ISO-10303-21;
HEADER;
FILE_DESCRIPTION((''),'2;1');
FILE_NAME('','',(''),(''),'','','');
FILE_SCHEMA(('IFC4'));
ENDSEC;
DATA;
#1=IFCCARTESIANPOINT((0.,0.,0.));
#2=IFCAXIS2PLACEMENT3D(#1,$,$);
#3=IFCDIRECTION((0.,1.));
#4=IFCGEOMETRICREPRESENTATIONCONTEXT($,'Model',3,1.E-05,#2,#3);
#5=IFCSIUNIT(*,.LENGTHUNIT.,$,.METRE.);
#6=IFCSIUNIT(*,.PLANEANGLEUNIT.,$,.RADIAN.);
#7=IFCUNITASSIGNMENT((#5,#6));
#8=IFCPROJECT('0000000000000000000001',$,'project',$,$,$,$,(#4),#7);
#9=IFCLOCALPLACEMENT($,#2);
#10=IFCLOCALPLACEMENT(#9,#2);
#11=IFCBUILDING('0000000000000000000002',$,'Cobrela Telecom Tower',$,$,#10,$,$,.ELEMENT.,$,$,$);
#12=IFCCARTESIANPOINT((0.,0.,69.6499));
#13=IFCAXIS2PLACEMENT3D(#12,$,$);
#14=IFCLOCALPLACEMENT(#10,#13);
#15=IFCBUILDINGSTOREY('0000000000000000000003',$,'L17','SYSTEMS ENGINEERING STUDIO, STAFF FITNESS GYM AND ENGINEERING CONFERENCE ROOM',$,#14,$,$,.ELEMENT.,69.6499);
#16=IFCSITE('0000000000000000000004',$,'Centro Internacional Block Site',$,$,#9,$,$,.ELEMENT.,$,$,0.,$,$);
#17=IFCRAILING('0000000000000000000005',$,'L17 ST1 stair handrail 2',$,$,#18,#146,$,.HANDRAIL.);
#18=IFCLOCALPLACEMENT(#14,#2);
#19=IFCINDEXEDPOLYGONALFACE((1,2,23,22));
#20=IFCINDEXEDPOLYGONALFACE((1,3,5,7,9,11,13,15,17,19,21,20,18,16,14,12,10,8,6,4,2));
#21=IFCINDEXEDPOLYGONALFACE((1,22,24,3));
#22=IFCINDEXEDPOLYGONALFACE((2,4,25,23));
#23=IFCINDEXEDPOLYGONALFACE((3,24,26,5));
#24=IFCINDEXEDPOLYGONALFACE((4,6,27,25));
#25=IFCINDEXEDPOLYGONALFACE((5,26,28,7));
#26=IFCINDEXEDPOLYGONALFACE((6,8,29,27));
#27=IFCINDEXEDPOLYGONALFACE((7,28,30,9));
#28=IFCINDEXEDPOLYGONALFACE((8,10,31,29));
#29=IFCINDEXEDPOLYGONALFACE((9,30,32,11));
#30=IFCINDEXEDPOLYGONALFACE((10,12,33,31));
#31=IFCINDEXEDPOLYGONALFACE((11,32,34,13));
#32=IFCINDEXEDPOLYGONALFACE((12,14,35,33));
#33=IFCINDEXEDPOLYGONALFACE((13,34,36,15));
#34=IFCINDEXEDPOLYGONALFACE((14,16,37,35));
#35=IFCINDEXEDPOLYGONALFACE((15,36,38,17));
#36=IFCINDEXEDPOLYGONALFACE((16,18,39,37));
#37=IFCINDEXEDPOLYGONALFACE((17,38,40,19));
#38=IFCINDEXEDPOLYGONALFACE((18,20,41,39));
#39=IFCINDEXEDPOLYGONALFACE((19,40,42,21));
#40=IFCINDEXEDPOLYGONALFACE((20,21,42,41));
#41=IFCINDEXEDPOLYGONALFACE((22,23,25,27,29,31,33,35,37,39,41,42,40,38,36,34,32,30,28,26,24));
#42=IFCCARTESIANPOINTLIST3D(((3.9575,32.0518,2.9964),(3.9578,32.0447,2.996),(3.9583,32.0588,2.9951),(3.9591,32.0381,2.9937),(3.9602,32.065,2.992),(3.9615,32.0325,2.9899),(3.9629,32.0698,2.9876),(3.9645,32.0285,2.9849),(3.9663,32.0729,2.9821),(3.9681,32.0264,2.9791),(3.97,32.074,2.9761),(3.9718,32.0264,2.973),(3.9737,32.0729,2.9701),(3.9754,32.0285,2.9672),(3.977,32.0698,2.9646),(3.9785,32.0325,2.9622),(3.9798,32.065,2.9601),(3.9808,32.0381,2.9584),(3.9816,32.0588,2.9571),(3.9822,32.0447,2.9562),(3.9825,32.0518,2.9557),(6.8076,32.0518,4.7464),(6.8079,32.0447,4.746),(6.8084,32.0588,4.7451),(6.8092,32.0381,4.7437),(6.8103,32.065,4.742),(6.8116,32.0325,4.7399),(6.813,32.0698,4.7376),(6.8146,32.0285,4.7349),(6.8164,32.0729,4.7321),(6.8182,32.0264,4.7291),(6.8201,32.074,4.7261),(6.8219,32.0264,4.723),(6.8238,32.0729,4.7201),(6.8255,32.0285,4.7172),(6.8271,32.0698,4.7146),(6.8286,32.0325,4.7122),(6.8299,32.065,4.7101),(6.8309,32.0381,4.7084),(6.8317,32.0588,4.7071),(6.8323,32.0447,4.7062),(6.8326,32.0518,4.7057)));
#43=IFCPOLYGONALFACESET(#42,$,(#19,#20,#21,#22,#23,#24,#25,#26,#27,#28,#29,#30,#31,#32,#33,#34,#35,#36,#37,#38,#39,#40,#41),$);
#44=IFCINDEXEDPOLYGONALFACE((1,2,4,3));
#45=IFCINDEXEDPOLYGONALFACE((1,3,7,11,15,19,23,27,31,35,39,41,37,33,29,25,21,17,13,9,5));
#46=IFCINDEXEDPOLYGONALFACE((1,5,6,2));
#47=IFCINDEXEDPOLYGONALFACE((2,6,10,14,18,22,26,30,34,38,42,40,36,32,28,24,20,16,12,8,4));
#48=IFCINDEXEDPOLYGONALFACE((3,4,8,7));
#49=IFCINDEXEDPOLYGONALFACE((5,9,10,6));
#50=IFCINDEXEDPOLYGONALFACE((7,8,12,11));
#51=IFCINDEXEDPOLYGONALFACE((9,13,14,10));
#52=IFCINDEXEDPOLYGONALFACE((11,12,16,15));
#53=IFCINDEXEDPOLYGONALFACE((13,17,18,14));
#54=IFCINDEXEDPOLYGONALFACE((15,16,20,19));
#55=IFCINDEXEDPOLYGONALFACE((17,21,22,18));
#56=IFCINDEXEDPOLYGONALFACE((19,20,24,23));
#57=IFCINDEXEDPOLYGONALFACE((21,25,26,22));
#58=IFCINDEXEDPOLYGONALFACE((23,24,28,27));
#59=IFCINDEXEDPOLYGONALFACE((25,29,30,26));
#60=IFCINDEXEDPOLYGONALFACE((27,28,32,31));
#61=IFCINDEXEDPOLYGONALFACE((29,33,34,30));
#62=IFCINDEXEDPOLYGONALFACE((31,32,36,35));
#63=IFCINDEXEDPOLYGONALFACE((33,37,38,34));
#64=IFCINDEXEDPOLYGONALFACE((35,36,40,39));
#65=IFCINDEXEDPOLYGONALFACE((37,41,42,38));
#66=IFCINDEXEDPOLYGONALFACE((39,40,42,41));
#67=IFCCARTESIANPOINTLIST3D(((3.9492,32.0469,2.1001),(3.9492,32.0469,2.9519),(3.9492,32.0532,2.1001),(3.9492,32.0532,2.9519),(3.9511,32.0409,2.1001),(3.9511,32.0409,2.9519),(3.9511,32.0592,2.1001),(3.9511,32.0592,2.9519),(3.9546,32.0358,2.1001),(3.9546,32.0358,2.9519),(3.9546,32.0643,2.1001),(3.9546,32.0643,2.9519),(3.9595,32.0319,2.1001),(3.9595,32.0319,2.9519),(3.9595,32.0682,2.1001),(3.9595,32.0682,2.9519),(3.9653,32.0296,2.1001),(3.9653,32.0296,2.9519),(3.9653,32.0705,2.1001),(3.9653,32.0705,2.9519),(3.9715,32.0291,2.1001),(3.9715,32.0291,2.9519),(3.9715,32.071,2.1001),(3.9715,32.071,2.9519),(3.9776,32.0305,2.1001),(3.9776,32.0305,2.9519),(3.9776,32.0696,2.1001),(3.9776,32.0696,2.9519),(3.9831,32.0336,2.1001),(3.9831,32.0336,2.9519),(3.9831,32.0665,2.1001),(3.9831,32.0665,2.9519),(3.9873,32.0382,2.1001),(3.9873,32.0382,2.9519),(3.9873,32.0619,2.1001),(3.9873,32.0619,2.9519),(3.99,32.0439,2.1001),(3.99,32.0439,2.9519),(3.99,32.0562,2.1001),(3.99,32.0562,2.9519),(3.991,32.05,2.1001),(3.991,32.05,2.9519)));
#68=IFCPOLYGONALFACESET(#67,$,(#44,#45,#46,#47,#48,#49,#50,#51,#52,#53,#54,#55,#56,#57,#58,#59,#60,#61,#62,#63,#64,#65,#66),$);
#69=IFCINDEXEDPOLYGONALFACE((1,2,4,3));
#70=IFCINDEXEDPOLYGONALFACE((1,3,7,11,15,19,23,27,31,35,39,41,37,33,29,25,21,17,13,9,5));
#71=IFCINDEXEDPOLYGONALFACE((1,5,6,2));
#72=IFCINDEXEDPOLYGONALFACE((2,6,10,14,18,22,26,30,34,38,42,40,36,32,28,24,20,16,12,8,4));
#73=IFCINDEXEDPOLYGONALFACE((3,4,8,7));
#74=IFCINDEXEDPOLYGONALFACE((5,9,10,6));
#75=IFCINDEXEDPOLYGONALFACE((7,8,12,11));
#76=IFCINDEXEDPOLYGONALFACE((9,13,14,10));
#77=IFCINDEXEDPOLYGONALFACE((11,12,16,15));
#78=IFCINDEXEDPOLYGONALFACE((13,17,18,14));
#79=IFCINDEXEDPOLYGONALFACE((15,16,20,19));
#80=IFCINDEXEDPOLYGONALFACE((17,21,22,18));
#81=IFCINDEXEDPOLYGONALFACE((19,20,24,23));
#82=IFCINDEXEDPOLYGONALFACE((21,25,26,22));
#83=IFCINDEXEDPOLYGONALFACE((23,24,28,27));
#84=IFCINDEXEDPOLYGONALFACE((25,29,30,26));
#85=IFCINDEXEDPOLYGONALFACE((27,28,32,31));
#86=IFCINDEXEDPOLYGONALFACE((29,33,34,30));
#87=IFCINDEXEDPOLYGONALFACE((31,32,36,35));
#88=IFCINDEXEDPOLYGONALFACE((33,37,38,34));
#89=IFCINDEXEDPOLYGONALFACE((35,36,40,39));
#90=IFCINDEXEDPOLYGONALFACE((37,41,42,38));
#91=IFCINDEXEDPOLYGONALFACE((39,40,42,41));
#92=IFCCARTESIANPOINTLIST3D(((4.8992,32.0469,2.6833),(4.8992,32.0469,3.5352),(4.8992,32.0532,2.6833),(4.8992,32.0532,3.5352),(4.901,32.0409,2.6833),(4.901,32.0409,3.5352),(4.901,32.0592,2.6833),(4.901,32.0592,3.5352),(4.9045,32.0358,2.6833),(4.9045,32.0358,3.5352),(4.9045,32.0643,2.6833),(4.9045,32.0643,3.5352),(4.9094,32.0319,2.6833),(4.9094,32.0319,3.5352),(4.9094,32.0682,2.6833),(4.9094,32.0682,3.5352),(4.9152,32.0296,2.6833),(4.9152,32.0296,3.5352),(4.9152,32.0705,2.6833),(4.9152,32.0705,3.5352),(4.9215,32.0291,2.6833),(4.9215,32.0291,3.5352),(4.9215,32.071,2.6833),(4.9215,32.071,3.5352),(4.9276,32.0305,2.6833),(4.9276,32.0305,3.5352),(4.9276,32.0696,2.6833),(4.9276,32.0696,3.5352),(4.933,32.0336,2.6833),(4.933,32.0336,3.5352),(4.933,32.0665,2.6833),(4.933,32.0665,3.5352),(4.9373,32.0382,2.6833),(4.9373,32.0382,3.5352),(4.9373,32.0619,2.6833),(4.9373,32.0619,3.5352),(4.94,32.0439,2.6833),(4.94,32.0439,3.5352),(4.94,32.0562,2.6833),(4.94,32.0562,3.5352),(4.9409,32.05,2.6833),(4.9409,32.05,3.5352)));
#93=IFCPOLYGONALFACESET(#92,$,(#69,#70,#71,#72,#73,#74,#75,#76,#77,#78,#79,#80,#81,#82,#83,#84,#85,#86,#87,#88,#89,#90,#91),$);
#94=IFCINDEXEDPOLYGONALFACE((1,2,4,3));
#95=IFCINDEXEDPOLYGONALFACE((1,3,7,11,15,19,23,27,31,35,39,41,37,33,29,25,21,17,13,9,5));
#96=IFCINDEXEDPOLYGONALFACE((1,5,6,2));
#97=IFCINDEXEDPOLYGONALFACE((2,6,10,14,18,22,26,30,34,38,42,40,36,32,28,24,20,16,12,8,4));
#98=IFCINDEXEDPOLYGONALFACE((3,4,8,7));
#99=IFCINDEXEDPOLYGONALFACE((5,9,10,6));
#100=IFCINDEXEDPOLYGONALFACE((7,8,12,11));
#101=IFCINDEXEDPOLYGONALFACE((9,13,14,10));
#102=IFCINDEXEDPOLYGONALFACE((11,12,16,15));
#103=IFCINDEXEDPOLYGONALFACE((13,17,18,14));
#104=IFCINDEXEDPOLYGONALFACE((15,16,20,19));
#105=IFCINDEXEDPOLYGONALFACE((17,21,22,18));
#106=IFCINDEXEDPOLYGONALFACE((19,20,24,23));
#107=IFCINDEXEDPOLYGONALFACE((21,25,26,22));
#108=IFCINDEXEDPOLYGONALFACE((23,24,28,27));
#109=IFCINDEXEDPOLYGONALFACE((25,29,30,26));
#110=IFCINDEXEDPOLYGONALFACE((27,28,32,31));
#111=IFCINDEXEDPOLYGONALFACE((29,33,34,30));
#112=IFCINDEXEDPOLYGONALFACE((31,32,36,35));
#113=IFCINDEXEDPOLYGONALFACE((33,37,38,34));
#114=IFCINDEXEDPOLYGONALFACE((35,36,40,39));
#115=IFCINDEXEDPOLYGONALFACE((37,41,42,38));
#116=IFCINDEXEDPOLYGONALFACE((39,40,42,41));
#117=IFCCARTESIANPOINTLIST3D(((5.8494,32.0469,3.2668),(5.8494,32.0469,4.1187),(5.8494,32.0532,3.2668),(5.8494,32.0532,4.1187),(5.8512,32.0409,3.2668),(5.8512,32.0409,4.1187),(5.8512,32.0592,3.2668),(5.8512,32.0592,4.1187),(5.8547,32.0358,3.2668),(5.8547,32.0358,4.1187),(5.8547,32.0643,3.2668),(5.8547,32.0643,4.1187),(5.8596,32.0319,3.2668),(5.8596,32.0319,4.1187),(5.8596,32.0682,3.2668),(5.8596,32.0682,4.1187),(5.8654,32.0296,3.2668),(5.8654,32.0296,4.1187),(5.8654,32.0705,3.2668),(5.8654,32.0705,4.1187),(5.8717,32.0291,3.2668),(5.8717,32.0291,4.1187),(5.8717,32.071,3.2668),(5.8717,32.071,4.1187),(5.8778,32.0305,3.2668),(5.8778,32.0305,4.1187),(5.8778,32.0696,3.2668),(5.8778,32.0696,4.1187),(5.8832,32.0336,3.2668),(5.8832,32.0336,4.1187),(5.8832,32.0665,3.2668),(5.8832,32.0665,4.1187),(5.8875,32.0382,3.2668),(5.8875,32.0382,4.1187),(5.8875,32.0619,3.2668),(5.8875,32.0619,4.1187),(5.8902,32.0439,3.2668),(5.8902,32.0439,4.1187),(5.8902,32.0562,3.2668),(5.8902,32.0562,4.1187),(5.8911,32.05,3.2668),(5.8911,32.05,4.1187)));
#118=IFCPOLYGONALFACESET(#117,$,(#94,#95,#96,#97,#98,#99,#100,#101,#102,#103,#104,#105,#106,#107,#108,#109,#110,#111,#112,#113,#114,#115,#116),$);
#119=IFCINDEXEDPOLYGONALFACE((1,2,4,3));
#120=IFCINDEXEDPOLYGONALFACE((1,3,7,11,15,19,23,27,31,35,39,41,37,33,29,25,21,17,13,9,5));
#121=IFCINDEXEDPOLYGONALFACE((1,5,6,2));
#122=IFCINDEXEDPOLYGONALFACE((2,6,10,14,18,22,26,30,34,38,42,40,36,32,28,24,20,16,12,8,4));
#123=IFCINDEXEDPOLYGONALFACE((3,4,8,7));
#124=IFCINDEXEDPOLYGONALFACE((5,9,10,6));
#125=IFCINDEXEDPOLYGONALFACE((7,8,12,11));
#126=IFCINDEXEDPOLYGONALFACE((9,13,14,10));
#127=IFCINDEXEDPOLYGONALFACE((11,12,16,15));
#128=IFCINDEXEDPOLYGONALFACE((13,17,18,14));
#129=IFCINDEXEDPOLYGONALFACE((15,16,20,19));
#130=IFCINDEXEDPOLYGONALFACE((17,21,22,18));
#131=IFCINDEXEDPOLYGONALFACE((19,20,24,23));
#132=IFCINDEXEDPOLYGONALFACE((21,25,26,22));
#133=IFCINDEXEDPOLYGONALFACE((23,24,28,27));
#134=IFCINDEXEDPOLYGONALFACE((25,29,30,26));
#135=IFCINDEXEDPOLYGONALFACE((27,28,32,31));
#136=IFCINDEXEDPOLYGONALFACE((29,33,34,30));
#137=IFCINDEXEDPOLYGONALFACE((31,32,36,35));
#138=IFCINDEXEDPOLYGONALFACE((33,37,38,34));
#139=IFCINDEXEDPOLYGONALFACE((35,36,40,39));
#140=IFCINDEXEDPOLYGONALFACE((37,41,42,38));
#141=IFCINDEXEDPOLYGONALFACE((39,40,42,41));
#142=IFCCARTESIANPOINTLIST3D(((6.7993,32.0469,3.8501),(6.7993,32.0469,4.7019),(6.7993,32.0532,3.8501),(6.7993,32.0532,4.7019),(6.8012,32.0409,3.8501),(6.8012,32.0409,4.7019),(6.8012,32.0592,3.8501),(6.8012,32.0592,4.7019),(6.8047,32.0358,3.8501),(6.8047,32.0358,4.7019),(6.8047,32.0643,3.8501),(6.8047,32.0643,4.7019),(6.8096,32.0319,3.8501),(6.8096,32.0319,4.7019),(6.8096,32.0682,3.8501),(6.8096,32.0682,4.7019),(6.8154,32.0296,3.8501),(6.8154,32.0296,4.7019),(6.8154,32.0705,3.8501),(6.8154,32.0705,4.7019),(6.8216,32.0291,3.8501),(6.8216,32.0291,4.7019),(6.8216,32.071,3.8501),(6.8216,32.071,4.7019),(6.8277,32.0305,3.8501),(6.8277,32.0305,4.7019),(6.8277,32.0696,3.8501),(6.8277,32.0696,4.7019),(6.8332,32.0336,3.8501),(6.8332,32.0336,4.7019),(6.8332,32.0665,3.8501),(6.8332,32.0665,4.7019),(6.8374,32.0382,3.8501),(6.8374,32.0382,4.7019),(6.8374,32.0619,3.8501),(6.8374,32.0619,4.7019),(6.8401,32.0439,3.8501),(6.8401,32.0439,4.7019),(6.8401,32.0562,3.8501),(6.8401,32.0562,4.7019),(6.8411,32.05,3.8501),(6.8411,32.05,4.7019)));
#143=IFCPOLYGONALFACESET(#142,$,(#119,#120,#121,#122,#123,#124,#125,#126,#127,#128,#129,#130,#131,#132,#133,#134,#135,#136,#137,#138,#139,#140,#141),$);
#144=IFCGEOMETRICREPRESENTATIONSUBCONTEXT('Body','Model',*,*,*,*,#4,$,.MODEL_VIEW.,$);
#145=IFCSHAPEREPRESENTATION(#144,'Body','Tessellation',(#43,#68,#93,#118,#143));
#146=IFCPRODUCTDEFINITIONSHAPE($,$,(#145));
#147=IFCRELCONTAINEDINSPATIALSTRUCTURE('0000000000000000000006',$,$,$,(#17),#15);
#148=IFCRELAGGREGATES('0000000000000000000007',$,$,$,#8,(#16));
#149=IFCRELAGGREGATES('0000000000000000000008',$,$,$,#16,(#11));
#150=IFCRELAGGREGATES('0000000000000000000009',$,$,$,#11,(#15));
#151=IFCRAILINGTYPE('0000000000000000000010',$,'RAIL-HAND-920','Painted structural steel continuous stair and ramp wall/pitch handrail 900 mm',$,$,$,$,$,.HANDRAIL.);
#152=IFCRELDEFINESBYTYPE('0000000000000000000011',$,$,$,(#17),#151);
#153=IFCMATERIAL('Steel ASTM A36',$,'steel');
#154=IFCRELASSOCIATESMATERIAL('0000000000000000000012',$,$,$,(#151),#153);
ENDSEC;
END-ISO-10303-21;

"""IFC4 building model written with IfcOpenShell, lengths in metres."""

from ifc_helpers import new_model, si_unit, direction, frame, origin, origin_2d, place, context, subcontext, project, spatial, circle, extrude, material, type_object, element, save


model = new_model("IFC4")

# Units and contexts
model_context = context("Model", 3, precision=1e-05, world=origin(), true_north=direction((0.0, 1.0)))
body_context = subcontext(model_context, "Body", "Model", "MODEL_VIEW")
ifc_project = project(units=[si_unit("LENGTHUNIT", "METRE"), si_unit("PLANEANGLEUNIT", "RADIAN")], contexts=[model_context])

# Site, building, storey
site_placement = place(None, origin())
site = spatial("IfcSite", under=ifc_project, at=site_placement, Name="Centro Internacional Block Site", CompositionType="ELEMENT", RefElevation=0.0)
building_placement = place(site_placement, origin())
building = spatial("IfcBuilding", under=site, at=building_placement, Name="Cobrela Telecom Tower", CompositionType="ELEMENT")
storey_placement = place(building_placement, frame((0.0, 0.0, 69.6499)))
storey = spatial("IfcBuildingStorey", under=building, at=storey_placement, Name="L17", Description="SYSTEMS ENGINEERING STUDIO, STAFF FITNESS GYM AND ENGINEERING CONFERENCE ROOM", CompositionType="ELEMENT", Elevation=69.6499)

# Shared definitions
ifc_material_1 = material(Name="Steel ASTM A36", Category="steel")

# Railing
railing_type_1 = type_object("IfcRailingType", Name="RAIL-HAND-920", Description="Painted structural steel continuous stair and ramp wall/pitch handrail 900 mm", PredefinedType="HANDRAIL", material=ifc_material_1)
railing_1_placement = place(storey_placement, frame((3.97, 32.05, 2.1001)))
element("IfcRailing", 1, at=railing_1_placement, inside=storey, type_object=railing_type_1, Name="L17 ST1 stair handrail 2", PredefinedType="HANDRAIL", context=body_context, shape_type="SweptSolid", body=[
    extrude(circle(Radius=0.0239, at=origin_2d()), frame((0.0, 0.0, 0.876), z_axis=(0.852179, 0.0, 0.52325), x_axis=(0.0, 1.0, 0.0)), (0.0, 0.0, 1.0), 3.3445),
    extrude(circle(Radius=0.021, at=origin_2d()), origin(), (0.0, 0.0, 1.0), 0.8518),
    extrude(circle(Radius=0.021, at=origin_2d()), frame((0.95, 0.0, 0.5833)), (0.0, 0.0, 1.0), 0.8518),
    extrude(circle(Radius=0.021, at=origin_2d()), frame((1.9001, 0.0, 1.1667)), (0.0, 0.0, 1.0), 0.8518),
    extrude(circle(Radius=0.021, at=origin_2d()), frame((2.8501, 0.0, 1.75)), (0.0, 0.0, 1.0), 0.8518),
])

save(model, "model.ifc")
